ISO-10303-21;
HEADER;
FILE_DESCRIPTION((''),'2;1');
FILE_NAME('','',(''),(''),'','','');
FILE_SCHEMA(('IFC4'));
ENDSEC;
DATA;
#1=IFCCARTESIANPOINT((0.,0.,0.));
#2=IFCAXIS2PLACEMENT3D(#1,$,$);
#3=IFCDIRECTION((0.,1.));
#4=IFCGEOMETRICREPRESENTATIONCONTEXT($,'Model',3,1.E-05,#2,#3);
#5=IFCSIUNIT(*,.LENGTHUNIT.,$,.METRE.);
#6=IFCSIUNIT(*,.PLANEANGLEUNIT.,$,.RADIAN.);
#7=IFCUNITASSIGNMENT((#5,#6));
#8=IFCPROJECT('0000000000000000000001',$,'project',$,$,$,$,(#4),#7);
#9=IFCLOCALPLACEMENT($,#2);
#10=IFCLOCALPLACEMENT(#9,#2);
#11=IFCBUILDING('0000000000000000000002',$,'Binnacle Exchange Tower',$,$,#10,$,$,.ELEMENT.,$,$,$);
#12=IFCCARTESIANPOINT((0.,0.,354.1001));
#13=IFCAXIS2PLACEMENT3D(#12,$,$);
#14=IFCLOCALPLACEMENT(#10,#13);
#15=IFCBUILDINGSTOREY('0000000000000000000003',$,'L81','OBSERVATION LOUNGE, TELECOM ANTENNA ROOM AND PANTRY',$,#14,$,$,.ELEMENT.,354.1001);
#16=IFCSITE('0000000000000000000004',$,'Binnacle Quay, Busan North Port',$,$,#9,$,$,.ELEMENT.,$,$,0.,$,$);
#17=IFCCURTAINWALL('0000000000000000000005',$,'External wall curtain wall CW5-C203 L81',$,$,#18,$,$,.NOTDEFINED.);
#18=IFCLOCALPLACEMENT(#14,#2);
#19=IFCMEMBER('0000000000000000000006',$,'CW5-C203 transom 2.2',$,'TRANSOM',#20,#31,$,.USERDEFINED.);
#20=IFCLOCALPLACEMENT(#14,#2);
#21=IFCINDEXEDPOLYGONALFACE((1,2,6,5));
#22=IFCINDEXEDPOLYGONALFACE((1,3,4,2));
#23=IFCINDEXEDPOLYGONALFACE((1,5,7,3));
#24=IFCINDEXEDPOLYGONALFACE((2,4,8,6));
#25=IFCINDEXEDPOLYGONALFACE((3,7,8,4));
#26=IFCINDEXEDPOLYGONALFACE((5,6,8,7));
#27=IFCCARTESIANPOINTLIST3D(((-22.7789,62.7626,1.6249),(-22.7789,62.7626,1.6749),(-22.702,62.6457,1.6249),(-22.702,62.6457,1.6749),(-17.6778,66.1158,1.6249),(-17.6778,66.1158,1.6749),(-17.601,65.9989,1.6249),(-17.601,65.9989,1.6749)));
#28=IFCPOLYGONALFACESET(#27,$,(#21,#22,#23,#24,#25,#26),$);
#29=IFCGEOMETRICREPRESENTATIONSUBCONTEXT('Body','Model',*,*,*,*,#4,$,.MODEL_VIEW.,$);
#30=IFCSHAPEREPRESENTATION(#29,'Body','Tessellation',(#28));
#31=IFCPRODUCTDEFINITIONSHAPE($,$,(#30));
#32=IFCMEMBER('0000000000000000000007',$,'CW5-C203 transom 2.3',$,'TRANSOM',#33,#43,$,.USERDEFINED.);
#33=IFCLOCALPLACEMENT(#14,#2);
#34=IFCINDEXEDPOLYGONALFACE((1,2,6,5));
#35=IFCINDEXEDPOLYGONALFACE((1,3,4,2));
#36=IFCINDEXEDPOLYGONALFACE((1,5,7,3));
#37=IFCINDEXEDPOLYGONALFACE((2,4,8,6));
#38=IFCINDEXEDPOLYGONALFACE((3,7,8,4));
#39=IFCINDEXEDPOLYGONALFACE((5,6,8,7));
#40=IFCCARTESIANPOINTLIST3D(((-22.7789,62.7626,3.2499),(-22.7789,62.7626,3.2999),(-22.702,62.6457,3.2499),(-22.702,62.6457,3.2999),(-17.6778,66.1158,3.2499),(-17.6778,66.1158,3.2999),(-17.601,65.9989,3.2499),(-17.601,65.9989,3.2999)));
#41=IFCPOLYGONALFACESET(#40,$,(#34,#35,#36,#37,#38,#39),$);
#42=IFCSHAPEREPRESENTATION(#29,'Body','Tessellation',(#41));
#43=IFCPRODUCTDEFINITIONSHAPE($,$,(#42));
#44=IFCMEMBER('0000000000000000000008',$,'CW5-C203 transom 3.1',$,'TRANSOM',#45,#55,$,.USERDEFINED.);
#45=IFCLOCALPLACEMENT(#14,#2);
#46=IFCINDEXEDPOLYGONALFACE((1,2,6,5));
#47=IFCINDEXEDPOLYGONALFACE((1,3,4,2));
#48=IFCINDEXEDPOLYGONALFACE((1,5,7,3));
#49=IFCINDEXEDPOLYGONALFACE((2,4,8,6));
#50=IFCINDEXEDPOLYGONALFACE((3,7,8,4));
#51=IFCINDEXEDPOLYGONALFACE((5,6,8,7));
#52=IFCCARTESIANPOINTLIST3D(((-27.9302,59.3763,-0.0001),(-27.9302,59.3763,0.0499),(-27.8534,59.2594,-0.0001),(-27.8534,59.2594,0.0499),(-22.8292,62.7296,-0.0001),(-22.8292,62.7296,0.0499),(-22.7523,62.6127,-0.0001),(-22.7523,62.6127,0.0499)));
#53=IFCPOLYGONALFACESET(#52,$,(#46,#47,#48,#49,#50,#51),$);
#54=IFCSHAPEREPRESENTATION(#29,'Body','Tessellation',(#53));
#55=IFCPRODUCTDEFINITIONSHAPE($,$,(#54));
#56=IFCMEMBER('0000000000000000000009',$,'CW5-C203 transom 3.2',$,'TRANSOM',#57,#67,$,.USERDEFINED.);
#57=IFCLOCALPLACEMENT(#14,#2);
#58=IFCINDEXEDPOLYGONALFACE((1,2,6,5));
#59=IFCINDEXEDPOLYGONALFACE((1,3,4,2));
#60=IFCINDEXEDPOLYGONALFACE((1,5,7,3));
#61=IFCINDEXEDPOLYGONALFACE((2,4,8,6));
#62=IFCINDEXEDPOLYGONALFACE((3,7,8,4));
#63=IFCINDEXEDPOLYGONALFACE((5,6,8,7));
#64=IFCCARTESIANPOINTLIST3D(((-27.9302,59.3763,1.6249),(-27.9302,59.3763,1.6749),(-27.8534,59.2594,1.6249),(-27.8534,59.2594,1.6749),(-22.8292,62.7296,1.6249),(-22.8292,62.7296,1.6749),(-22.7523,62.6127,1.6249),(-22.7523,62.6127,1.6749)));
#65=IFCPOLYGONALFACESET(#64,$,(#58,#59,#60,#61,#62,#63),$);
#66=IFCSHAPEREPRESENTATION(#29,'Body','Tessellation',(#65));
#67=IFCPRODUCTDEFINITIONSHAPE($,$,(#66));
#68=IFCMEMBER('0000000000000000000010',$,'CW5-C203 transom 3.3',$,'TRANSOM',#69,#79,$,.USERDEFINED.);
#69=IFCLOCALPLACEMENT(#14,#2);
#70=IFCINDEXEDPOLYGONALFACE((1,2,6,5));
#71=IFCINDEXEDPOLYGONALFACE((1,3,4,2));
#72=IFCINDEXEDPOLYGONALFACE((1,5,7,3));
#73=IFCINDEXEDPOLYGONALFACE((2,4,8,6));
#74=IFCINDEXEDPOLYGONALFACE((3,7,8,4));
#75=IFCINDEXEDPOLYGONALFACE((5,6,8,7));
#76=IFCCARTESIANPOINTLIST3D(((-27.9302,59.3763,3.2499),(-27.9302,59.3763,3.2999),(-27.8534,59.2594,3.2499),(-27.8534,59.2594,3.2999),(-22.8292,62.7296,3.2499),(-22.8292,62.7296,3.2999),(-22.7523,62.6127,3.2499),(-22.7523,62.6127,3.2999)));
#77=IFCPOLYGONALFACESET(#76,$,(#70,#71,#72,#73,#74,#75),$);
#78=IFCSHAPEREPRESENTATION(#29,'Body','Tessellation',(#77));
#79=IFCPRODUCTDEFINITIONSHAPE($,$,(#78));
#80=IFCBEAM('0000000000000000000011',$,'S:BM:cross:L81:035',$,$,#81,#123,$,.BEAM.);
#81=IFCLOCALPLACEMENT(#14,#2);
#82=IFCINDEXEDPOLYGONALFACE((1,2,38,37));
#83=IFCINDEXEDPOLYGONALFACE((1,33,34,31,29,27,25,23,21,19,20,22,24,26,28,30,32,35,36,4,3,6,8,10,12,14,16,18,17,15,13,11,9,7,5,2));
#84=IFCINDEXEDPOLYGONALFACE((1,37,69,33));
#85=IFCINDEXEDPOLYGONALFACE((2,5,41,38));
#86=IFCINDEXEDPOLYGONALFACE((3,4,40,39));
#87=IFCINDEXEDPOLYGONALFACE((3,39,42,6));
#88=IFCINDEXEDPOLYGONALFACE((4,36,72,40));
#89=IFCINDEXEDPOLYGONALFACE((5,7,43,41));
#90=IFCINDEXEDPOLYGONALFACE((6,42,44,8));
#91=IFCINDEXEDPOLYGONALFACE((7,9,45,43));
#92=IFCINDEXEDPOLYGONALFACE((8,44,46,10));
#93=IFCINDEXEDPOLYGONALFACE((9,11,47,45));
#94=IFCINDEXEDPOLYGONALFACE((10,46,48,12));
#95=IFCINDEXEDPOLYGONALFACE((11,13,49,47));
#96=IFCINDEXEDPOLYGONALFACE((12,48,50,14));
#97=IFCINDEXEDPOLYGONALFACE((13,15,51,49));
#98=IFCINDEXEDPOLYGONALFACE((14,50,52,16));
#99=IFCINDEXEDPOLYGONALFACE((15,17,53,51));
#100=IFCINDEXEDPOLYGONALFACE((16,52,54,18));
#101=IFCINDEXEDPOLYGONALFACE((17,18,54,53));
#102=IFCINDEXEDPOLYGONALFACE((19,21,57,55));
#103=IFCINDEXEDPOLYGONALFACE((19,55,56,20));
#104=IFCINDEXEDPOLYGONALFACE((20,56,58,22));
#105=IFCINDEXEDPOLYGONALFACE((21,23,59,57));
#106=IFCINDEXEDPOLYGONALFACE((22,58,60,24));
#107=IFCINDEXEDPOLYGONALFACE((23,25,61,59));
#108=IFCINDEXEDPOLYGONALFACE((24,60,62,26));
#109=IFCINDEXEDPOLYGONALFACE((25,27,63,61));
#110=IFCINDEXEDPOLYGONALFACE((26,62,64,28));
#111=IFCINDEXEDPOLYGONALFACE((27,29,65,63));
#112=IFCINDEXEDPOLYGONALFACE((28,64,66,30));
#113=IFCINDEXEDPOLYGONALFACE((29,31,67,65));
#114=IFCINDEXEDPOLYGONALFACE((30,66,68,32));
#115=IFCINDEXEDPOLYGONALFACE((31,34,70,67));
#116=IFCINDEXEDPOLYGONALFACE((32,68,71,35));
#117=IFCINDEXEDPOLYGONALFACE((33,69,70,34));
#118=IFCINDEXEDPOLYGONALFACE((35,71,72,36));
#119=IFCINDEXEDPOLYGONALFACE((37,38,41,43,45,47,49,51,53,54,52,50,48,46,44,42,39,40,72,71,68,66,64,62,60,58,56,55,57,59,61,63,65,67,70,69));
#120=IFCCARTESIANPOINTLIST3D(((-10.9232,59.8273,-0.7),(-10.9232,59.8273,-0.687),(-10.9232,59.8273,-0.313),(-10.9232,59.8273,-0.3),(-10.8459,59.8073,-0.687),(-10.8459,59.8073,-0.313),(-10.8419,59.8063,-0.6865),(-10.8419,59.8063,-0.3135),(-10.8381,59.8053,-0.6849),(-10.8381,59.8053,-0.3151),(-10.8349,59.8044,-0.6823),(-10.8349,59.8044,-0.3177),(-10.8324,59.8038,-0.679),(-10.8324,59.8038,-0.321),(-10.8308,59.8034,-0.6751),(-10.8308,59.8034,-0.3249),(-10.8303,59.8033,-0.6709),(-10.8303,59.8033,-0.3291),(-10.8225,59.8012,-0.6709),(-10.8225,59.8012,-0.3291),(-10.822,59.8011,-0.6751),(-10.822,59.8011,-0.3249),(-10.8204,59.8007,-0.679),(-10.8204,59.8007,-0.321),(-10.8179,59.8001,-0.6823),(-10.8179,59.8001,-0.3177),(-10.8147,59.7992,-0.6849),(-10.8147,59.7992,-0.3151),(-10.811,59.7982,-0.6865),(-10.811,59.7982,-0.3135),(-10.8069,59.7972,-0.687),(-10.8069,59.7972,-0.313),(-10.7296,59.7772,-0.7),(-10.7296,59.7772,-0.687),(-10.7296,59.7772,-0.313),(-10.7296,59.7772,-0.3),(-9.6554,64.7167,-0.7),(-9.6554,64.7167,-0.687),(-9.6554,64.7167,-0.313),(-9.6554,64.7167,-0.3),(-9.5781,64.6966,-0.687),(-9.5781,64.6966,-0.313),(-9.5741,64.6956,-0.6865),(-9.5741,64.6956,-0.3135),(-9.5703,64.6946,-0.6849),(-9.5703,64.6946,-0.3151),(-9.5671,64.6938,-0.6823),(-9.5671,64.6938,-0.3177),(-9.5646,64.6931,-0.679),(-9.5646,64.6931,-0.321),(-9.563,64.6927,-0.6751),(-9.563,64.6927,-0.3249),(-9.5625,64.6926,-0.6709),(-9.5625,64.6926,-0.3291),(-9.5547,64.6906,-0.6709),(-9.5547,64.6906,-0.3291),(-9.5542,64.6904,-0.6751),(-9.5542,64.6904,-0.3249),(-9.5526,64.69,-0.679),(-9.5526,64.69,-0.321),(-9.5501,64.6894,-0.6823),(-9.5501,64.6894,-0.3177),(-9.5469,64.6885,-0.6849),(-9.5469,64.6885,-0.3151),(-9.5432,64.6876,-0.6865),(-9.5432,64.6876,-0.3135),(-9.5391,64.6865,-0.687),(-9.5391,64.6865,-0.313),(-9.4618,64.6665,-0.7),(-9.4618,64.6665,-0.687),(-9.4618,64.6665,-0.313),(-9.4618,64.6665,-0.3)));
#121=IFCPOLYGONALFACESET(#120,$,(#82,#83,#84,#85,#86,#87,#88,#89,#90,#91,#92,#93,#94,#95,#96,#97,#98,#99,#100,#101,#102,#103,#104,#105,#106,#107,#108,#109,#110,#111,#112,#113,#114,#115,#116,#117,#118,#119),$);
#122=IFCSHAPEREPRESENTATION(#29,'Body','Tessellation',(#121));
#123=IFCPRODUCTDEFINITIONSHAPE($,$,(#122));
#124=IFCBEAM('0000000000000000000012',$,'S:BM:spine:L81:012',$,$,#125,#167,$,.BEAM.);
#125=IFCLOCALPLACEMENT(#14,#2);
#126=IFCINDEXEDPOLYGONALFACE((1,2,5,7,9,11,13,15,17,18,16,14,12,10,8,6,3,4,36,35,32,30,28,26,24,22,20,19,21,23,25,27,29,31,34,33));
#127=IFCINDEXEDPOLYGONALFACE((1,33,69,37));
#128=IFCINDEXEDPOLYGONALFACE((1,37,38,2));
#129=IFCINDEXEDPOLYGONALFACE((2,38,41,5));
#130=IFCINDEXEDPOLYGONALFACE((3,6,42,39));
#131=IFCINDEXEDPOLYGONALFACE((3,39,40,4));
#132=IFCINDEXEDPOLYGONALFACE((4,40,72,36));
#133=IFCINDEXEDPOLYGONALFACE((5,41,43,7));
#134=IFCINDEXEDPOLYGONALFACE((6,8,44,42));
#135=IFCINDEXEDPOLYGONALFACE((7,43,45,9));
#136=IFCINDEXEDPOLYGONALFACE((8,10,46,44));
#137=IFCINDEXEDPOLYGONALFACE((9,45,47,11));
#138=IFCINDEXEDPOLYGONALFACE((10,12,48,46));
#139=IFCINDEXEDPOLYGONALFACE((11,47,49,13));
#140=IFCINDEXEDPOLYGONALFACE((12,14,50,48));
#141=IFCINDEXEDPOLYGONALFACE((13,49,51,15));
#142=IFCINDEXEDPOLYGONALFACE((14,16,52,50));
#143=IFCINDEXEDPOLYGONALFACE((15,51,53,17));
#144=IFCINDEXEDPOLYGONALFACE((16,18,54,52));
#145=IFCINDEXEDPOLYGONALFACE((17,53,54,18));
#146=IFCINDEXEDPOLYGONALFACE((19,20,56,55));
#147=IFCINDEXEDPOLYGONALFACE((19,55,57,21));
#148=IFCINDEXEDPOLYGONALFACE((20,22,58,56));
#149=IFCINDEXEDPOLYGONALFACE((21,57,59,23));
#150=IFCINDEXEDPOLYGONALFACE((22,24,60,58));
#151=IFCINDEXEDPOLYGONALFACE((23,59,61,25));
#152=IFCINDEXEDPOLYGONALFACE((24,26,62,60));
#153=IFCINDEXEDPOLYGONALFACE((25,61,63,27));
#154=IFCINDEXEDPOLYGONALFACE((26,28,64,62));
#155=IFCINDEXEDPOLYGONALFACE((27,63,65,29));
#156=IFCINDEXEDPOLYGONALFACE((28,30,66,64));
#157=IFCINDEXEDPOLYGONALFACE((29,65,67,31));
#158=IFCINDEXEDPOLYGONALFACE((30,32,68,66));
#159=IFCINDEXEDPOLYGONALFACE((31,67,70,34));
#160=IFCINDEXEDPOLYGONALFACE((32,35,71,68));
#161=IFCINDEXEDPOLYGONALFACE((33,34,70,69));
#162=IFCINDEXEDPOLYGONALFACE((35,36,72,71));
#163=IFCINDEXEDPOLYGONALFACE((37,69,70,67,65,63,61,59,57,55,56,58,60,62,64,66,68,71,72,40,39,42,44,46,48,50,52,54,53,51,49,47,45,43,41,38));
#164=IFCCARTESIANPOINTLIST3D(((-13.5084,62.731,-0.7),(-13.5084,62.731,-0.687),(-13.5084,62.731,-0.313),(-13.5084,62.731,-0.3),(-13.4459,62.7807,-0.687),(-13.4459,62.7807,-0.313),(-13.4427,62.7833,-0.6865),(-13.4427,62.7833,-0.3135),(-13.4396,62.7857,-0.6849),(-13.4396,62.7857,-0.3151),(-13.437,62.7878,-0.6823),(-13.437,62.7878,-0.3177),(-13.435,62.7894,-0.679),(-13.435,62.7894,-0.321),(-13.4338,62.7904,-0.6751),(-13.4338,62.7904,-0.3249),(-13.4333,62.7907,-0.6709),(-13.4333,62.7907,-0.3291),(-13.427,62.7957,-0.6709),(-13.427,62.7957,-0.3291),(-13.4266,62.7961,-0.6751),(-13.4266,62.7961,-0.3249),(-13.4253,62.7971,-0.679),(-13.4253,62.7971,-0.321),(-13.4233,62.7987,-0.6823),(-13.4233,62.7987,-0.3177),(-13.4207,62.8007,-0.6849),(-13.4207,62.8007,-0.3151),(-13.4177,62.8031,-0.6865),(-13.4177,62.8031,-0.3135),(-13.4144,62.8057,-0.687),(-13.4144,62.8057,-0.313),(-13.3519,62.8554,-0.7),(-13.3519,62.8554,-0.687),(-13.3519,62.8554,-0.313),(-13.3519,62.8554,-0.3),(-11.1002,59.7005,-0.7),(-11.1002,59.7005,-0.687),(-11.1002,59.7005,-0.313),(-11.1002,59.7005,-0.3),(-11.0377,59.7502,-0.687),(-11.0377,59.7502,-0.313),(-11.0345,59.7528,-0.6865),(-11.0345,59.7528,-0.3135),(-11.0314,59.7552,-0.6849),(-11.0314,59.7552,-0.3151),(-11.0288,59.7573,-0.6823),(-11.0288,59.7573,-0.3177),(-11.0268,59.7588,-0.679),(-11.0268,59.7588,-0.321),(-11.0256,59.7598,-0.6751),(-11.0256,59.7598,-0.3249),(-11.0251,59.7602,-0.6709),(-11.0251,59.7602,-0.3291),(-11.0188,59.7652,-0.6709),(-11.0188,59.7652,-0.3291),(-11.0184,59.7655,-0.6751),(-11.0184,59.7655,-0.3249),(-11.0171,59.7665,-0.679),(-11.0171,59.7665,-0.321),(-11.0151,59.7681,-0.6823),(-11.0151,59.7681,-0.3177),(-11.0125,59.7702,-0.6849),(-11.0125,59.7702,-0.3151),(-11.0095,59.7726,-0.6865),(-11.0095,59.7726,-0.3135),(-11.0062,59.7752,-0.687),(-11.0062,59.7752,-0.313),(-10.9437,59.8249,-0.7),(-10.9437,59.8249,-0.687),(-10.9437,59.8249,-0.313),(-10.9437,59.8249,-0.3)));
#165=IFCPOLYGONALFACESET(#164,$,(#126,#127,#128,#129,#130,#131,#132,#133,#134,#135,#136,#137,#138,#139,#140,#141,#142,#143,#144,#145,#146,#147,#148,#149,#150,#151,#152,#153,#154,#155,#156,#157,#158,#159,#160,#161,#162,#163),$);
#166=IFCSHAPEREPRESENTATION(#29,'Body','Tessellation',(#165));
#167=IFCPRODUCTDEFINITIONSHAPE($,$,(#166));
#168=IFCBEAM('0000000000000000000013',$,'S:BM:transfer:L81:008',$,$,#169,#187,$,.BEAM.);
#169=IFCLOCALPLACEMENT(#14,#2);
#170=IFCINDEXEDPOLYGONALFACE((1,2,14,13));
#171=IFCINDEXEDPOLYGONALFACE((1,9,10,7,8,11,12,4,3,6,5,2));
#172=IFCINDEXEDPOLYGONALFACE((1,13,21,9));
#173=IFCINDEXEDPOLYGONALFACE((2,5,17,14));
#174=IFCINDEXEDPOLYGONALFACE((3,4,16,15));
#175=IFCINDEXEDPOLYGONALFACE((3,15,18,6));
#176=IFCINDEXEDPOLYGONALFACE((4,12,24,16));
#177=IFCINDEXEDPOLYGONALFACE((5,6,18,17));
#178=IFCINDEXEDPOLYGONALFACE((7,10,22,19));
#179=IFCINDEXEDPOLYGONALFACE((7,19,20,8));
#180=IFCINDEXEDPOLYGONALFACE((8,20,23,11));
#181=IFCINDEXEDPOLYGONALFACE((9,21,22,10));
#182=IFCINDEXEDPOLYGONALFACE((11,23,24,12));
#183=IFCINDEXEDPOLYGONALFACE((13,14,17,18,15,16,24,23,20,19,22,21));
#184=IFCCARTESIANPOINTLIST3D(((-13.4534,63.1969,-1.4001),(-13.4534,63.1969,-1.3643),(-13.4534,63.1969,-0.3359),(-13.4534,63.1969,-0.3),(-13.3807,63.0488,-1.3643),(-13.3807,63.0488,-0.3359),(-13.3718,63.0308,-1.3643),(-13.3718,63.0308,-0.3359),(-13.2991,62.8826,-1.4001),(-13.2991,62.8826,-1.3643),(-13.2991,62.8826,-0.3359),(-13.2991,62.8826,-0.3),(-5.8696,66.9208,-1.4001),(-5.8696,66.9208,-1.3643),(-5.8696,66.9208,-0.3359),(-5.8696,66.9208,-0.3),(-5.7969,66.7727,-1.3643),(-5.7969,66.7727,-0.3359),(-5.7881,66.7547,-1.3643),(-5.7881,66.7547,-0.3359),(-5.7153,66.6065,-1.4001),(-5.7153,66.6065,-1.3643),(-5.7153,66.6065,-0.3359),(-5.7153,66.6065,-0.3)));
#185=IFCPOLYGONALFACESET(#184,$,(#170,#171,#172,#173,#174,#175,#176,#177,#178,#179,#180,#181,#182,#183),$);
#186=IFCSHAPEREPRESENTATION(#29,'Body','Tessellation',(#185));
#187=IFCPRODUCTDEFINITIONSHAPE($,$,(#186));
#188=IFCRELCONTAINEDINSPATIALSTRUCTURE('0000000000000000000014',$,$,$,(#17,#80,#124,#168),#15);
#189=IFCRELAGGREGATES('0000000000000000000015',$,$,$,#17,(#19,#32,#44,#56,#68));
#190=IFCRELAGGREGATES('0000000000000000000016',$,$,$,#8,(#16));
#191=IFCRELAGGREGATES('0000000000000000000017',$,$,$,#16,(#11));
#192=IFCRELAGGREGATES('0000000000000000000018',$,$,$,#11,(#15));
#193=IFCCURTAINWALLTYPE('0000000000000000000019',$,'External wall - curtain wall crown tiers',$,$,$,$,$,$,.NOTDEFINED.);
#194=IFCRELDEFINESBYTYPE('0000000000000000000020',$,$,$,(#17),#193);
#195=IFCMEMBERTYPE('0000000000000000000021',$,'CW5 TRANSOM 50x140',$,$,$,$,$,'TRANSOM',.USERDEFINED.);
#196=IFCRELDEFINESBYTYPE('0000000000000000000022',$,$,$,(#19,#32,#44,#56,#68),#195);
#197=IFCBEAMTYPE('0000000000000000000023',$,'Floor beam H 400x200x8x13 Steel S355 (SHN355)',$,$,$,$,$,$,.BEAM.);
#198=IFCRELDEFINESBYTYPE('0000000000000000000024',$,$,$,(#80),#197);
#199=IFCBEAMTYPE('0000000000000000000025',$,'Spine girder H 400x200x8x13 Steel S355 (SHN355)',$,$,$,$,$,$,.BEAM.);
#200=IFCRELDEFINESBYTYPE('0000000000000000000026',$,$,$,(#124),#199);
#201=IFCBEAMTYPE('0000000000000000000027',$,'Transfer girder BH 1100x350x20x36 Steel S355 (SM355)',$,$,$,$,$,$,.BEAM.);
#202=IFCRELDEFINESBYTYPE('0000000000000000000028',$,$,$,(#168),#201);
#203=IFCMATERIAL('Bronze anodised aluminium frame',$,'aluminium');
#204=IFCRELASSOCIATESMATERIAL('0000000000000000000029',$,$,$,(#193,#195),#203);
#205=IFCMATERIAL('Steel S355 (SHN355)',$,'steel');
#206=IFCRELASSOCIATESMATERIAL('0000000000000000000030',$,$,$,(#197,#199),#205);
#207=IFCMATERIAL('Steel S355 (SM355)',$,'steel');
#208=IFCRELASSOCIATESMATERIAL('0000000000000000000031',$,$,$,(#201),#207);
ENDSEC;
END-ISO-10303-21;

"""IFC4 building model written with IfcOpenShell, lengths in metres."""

from ifc_helpers import new_model, si_unit, direction, frame, origin, origin_2d, place, context, subcontext, project, spatial, rectangle, i_section, extrude, material, material_profile, profile_set, type_object, element, aggregate, save


model = new_model("IFC4")

# Units and contexts
model_context = context("Model", 3, precision=1e-05, world=origin(), true_north=direction((0.0, 1.0)))
body_context = subcontext(model_context, "Body", "Model", "MODEL_VIEW")
ifc_project = project(units=[si_unit("LENGTHUNIT", "METRE"), si_unit("PLANEANGLEUNIT", "RADIAN")], contexts=[model_context])

# Site, building, storey
site_placement = place(None, origin())
site = spatial("IfcSite", under=ifc_project, at=site_placement, Name="Binnacle Quay, Busan North Port", CompositionType="ELEMENT", RefElevation=0.0)
building_placement = place(site_placement, origin())
building = spatial("IfcBuilding", under=site, at=building_placement, Name="Binnacle Exchange Tower", CompositionType="ELEMENT")
storey_placement = place(building_placement, frame((0.0, 0.0, 354.1001)))
storey = spatial("IfcBuildingStorey", under=building, at=storey_placement, Name="L81", Description="OBSERVATION LOUNGE, TELECOM ANTENNA ROOM AND PANTRY", CompositionType="ELEMENT", Elevation=354.1001)

# Shared definitions
ifc_material_1 = material(Name="Steel S355 (SHN355)", Category="steel")

# Curtain wall, members
ifc_material_2 = material(Name="Bronze anodised aluminium frame", Category="aluminium")
curtain_wall_type = type_object("IfcCurtainWallType", Name="External wall - curtain wall crown tiers", PredefinedType="NOTDEFINED", material=ifc_material_2)
curtain_wall_placement = place(storey_placement, origin())
curtain_wall = element("IfcCurtainWall", 1, at=curtain_wall_placement, inside=storey, type_object=curtain_wall_type, Name="External wall curtain wall CW5-C203 L81", PredefinedType="NOTDEFINED")
ifc_material_profile_1 = material_profile(ifc_material_2, rectangle(XDim=0.1399, YDim=0.05, at=origin_2d()), Name="AL 140x50")
ifc_profile_set_1 = profile_set([ifc_material_profile_1], Name="Bronze anodised aluminium frame")
member_type_1 = type_object("IfcMemberType", Name="CW5 TRANSOM 50x140", ElementType="TRANSOM", PredefinedType="USERDEFINED", material=ifc_profile_set_1)
member_1_placement = place(storey_placement, frame((-17.6394, 66.0574, 1.6499), z_axis=(-0.83562, -0.549308, 0.0), x_axis=(0.549308, -0.83562, 0.0)))
member_1 = element("IfcMember", 2, at=member_1_placement, type_object=member_type_1, Name="CW5-C203 transom 2.2", ObjectType="TRANSOM", PredefinedType="USERDEFINED", context=body_context, shape_type="SweptSolid", body=[
    extrude(rectangle(XDim=0.1399, YDim=0.05, at=origin_2d()), origin(), (0.0, 0.0, 1.0), 6.1045),
])
member_2_placement = place(storey_placement, frame((-17.6394, 66.0574, 3.2749), z_axis=(-0.83562, -0.549308, 0.0), x_axis=(0.549308, -0.83562, 0.0)))
member_2 = element("IfcMember", 3, at=member_2_placement, type_object=member_type_1, Name="CW5-C203 transom 2.3", ObjectType="TRANSOM", PredefinedType="USERDEFINED", context=body_context, shape_type="SweptSolid", body=[
    extrude(rectangle(XDim=0.1399, YDim=0.05, at=origin_2d()), origin(), (0.0, 0.0, 1.0), 6.1045),
])
member_3_placement = place(storey_placement, frame((-22.7908, 62.6711, 0.0249), z_axis=(-0.83562, -0.549308, 0.0), x_axis=(0.549308, -0.83562, 0.0)))
member_3 = element("IfcMember", 4, at=member_3_placement, type_object=member_type_1, Name="CW5-C203 transom 3.1", ObjectType="TRANSOM", PredefinedType="USERDEFINED", context=body_context, shape_type="SweptSolid", body=[
    extrude(rectangle(XDim=0.1399, YDim=0.05, at=origin_2d()), origin(), (0.0, 0.0, 1.0), 6.1045),
])
member_4_placement = place(storey_placement, frame((-22.7908, 62.6711, 1.6499), z_axis=(-0.83562, -0.549308, 0.0), x_axis=(0.549308, -0.83562, 0.0)))
member_4 = element("IfcMember", 5, at=member_4_placement, type_object=member_type_1, Name="CW5-C203 transom 3.2", ObjectType="TRANSOM", PredefinedType="USERDEFINED", context=body_context, shape_type="SweptSolid", body=[
    extrude(rectangle(XDim=0.1399, YDim=0.05, at=origin_2d()), origin(), (0.0, 0.0, 1.0), 6.1045),
])
member_5_placement = place(storey_placement, frame((-22.7908, 62.6711, 3.2749), z_axis=(-0.83562, -0.549308, 0.0), x_axis=(0.549308, -0.83562, 0.0)))
member_5 = element("IfcMember", 6, at=member_5_placement, type_object=member_type_1, Name="CW5-C203 transom 3.3", ObjectType="TRANSOM", PredefinedType="USERDEFINED", context=body_context, shape_type="SweptSolid", body=[
    extrude(rectangle(XDim=0.1399, YDim=0.05, at=origin_2d()), origin(), (0.0, 0.0, 1.0), 6.1045),
])

# Beams
ifc_material_profile_2 = material_profile(ifc_material_1, i_section(OverallWidth=0.2, OverallDepth=0.3999, WebThickness=0.0081, FlangeThickness=0.0129, FilletRadius=0.0161, at=origin_2d()), Name="H 400x200x8x13")
ifc_profile_set_2 = profile_set([ifc_material_profile_2], Name="Steel S355 (SHN355)")
beam_type_1 = type_object("IfcBeamType", Name="Floor beam H 400x200x8x13 Steel S355 (SHN355)", PredefinedType="BEAM", material=ifc_profile_set_2)
beam_1_placement = place(storey_placement, frame((-10.8264, 59.8022, -0.5), z_axis=(0.250999, 0.967987, 0.0), x_axis=(-0.967987, 0.250999, 0.0)))
element("IfcBeam", 7, at=beam_1_placement, inside=storey, type_object=beam_type_1, Name="S:BM:cross:L81:035", PredefinedType="BEAM", context=body_context, shape_type="SweptSolid", body=[
    extrude(i_section(OverallWidth=0.2, OverallDepth=0.3999, WebThickness=0.0081, FlangeThickness=0.0129, FilletRadius=0.0161, at=origin_2d()), origin(), (0.0, 0.0, 1.0), 5.051),
])
ifc_material_profile_3 = material_profile(ifc_material_1, i_section(OverallWidth=0.2, OverallDepth=0.3999, WebThickness=0.0081, FlangeThickness=0.0129, FilletRadius=0.0161, at=origin_2d()), Name="H 400x200x8x13")
ifc_profile_set_3 = profile_set([ifc_material_profile_3], Name="Steel S355 (SHN355)")
beam_type_2 = type_object("IfcBeamType", Name="Spine girder H 400x200x8x13 Steel S355 (SHN355)", PredefinedType="BEAM", material=ifc_profile_set_3)
beam_2_placement = place(storey_placement, frame((-13.4302, 62.7932, -0.5), z_axis=(0.622138, -0.782908, 0.0), x_axis=(0.782908, 0.622138, 0.0)))
element("IfcBeam", 8, at=beam_2_placement, inside=storey, type_object=beam_type_2, Name="S:BM:spine:L81:012", PredefinedType="BEAM", context=body_context, shape_type="SweptSolid", body=[
    extrude(i_section(OverallWidth=0.2, OverallDepth=0.3999, WebThickness=0.0081, FlangeThickness=0.0129, FilletRadius=0.0161, at=origin_2d()), origin(), (0.0, 0.0, 1.0), 3.8708),
])
ifc_material_3 = material(Name="Steel S355 (SM355)", Category="steel")
ifc_material_profile_4 = material_profile(ifc_material_3, i_section(OverallWidth=0.3501, OverallDepth=1.1001, WebThickness=0.02, FlangeThickness=0.0359, at=origin_2d()), Name="BH 1100x350x20x36")
ifc_profile_set_4 = profile_set([ifc_material_profile_4], Name="Steel S355 (SM355)")
beam_type_3 = type_object("IfcBeamType", Name="Transfer girder BH 1100x350x20x36 Steel S355 (SM355)", PredefinedType="BEAM", material=ifc_profile_set_4)
beam_3_placement = place(storey_placement, frame((-5.7925, 66.7637, -0.8501), z_axis=(-0.897623, -0.440764, 0.0), x_axis=(0.440764, -0.897623, 0.0)))
element("IfcBeam", 9, at=beam_3_placement, inside=storey, type_object=beam_type_3, Name="S:BM:transfer:L81:008", PredefinedType="BEAM", context=body_context, shape_type="SweptSolid", body=[
    extrude(i_section(OverallWidth=0.3501, OverallDepth=1.1001, WebThickness=0.02, FlangeThickness=0.0359, at=origin_2d()), origin(), (0.0, 0.0, 1.0), 8.4487),
])

aggregate(curtain_wall, [member_1, member_2, member_3, member_4, member_5])

save(model, "model.ifc")
